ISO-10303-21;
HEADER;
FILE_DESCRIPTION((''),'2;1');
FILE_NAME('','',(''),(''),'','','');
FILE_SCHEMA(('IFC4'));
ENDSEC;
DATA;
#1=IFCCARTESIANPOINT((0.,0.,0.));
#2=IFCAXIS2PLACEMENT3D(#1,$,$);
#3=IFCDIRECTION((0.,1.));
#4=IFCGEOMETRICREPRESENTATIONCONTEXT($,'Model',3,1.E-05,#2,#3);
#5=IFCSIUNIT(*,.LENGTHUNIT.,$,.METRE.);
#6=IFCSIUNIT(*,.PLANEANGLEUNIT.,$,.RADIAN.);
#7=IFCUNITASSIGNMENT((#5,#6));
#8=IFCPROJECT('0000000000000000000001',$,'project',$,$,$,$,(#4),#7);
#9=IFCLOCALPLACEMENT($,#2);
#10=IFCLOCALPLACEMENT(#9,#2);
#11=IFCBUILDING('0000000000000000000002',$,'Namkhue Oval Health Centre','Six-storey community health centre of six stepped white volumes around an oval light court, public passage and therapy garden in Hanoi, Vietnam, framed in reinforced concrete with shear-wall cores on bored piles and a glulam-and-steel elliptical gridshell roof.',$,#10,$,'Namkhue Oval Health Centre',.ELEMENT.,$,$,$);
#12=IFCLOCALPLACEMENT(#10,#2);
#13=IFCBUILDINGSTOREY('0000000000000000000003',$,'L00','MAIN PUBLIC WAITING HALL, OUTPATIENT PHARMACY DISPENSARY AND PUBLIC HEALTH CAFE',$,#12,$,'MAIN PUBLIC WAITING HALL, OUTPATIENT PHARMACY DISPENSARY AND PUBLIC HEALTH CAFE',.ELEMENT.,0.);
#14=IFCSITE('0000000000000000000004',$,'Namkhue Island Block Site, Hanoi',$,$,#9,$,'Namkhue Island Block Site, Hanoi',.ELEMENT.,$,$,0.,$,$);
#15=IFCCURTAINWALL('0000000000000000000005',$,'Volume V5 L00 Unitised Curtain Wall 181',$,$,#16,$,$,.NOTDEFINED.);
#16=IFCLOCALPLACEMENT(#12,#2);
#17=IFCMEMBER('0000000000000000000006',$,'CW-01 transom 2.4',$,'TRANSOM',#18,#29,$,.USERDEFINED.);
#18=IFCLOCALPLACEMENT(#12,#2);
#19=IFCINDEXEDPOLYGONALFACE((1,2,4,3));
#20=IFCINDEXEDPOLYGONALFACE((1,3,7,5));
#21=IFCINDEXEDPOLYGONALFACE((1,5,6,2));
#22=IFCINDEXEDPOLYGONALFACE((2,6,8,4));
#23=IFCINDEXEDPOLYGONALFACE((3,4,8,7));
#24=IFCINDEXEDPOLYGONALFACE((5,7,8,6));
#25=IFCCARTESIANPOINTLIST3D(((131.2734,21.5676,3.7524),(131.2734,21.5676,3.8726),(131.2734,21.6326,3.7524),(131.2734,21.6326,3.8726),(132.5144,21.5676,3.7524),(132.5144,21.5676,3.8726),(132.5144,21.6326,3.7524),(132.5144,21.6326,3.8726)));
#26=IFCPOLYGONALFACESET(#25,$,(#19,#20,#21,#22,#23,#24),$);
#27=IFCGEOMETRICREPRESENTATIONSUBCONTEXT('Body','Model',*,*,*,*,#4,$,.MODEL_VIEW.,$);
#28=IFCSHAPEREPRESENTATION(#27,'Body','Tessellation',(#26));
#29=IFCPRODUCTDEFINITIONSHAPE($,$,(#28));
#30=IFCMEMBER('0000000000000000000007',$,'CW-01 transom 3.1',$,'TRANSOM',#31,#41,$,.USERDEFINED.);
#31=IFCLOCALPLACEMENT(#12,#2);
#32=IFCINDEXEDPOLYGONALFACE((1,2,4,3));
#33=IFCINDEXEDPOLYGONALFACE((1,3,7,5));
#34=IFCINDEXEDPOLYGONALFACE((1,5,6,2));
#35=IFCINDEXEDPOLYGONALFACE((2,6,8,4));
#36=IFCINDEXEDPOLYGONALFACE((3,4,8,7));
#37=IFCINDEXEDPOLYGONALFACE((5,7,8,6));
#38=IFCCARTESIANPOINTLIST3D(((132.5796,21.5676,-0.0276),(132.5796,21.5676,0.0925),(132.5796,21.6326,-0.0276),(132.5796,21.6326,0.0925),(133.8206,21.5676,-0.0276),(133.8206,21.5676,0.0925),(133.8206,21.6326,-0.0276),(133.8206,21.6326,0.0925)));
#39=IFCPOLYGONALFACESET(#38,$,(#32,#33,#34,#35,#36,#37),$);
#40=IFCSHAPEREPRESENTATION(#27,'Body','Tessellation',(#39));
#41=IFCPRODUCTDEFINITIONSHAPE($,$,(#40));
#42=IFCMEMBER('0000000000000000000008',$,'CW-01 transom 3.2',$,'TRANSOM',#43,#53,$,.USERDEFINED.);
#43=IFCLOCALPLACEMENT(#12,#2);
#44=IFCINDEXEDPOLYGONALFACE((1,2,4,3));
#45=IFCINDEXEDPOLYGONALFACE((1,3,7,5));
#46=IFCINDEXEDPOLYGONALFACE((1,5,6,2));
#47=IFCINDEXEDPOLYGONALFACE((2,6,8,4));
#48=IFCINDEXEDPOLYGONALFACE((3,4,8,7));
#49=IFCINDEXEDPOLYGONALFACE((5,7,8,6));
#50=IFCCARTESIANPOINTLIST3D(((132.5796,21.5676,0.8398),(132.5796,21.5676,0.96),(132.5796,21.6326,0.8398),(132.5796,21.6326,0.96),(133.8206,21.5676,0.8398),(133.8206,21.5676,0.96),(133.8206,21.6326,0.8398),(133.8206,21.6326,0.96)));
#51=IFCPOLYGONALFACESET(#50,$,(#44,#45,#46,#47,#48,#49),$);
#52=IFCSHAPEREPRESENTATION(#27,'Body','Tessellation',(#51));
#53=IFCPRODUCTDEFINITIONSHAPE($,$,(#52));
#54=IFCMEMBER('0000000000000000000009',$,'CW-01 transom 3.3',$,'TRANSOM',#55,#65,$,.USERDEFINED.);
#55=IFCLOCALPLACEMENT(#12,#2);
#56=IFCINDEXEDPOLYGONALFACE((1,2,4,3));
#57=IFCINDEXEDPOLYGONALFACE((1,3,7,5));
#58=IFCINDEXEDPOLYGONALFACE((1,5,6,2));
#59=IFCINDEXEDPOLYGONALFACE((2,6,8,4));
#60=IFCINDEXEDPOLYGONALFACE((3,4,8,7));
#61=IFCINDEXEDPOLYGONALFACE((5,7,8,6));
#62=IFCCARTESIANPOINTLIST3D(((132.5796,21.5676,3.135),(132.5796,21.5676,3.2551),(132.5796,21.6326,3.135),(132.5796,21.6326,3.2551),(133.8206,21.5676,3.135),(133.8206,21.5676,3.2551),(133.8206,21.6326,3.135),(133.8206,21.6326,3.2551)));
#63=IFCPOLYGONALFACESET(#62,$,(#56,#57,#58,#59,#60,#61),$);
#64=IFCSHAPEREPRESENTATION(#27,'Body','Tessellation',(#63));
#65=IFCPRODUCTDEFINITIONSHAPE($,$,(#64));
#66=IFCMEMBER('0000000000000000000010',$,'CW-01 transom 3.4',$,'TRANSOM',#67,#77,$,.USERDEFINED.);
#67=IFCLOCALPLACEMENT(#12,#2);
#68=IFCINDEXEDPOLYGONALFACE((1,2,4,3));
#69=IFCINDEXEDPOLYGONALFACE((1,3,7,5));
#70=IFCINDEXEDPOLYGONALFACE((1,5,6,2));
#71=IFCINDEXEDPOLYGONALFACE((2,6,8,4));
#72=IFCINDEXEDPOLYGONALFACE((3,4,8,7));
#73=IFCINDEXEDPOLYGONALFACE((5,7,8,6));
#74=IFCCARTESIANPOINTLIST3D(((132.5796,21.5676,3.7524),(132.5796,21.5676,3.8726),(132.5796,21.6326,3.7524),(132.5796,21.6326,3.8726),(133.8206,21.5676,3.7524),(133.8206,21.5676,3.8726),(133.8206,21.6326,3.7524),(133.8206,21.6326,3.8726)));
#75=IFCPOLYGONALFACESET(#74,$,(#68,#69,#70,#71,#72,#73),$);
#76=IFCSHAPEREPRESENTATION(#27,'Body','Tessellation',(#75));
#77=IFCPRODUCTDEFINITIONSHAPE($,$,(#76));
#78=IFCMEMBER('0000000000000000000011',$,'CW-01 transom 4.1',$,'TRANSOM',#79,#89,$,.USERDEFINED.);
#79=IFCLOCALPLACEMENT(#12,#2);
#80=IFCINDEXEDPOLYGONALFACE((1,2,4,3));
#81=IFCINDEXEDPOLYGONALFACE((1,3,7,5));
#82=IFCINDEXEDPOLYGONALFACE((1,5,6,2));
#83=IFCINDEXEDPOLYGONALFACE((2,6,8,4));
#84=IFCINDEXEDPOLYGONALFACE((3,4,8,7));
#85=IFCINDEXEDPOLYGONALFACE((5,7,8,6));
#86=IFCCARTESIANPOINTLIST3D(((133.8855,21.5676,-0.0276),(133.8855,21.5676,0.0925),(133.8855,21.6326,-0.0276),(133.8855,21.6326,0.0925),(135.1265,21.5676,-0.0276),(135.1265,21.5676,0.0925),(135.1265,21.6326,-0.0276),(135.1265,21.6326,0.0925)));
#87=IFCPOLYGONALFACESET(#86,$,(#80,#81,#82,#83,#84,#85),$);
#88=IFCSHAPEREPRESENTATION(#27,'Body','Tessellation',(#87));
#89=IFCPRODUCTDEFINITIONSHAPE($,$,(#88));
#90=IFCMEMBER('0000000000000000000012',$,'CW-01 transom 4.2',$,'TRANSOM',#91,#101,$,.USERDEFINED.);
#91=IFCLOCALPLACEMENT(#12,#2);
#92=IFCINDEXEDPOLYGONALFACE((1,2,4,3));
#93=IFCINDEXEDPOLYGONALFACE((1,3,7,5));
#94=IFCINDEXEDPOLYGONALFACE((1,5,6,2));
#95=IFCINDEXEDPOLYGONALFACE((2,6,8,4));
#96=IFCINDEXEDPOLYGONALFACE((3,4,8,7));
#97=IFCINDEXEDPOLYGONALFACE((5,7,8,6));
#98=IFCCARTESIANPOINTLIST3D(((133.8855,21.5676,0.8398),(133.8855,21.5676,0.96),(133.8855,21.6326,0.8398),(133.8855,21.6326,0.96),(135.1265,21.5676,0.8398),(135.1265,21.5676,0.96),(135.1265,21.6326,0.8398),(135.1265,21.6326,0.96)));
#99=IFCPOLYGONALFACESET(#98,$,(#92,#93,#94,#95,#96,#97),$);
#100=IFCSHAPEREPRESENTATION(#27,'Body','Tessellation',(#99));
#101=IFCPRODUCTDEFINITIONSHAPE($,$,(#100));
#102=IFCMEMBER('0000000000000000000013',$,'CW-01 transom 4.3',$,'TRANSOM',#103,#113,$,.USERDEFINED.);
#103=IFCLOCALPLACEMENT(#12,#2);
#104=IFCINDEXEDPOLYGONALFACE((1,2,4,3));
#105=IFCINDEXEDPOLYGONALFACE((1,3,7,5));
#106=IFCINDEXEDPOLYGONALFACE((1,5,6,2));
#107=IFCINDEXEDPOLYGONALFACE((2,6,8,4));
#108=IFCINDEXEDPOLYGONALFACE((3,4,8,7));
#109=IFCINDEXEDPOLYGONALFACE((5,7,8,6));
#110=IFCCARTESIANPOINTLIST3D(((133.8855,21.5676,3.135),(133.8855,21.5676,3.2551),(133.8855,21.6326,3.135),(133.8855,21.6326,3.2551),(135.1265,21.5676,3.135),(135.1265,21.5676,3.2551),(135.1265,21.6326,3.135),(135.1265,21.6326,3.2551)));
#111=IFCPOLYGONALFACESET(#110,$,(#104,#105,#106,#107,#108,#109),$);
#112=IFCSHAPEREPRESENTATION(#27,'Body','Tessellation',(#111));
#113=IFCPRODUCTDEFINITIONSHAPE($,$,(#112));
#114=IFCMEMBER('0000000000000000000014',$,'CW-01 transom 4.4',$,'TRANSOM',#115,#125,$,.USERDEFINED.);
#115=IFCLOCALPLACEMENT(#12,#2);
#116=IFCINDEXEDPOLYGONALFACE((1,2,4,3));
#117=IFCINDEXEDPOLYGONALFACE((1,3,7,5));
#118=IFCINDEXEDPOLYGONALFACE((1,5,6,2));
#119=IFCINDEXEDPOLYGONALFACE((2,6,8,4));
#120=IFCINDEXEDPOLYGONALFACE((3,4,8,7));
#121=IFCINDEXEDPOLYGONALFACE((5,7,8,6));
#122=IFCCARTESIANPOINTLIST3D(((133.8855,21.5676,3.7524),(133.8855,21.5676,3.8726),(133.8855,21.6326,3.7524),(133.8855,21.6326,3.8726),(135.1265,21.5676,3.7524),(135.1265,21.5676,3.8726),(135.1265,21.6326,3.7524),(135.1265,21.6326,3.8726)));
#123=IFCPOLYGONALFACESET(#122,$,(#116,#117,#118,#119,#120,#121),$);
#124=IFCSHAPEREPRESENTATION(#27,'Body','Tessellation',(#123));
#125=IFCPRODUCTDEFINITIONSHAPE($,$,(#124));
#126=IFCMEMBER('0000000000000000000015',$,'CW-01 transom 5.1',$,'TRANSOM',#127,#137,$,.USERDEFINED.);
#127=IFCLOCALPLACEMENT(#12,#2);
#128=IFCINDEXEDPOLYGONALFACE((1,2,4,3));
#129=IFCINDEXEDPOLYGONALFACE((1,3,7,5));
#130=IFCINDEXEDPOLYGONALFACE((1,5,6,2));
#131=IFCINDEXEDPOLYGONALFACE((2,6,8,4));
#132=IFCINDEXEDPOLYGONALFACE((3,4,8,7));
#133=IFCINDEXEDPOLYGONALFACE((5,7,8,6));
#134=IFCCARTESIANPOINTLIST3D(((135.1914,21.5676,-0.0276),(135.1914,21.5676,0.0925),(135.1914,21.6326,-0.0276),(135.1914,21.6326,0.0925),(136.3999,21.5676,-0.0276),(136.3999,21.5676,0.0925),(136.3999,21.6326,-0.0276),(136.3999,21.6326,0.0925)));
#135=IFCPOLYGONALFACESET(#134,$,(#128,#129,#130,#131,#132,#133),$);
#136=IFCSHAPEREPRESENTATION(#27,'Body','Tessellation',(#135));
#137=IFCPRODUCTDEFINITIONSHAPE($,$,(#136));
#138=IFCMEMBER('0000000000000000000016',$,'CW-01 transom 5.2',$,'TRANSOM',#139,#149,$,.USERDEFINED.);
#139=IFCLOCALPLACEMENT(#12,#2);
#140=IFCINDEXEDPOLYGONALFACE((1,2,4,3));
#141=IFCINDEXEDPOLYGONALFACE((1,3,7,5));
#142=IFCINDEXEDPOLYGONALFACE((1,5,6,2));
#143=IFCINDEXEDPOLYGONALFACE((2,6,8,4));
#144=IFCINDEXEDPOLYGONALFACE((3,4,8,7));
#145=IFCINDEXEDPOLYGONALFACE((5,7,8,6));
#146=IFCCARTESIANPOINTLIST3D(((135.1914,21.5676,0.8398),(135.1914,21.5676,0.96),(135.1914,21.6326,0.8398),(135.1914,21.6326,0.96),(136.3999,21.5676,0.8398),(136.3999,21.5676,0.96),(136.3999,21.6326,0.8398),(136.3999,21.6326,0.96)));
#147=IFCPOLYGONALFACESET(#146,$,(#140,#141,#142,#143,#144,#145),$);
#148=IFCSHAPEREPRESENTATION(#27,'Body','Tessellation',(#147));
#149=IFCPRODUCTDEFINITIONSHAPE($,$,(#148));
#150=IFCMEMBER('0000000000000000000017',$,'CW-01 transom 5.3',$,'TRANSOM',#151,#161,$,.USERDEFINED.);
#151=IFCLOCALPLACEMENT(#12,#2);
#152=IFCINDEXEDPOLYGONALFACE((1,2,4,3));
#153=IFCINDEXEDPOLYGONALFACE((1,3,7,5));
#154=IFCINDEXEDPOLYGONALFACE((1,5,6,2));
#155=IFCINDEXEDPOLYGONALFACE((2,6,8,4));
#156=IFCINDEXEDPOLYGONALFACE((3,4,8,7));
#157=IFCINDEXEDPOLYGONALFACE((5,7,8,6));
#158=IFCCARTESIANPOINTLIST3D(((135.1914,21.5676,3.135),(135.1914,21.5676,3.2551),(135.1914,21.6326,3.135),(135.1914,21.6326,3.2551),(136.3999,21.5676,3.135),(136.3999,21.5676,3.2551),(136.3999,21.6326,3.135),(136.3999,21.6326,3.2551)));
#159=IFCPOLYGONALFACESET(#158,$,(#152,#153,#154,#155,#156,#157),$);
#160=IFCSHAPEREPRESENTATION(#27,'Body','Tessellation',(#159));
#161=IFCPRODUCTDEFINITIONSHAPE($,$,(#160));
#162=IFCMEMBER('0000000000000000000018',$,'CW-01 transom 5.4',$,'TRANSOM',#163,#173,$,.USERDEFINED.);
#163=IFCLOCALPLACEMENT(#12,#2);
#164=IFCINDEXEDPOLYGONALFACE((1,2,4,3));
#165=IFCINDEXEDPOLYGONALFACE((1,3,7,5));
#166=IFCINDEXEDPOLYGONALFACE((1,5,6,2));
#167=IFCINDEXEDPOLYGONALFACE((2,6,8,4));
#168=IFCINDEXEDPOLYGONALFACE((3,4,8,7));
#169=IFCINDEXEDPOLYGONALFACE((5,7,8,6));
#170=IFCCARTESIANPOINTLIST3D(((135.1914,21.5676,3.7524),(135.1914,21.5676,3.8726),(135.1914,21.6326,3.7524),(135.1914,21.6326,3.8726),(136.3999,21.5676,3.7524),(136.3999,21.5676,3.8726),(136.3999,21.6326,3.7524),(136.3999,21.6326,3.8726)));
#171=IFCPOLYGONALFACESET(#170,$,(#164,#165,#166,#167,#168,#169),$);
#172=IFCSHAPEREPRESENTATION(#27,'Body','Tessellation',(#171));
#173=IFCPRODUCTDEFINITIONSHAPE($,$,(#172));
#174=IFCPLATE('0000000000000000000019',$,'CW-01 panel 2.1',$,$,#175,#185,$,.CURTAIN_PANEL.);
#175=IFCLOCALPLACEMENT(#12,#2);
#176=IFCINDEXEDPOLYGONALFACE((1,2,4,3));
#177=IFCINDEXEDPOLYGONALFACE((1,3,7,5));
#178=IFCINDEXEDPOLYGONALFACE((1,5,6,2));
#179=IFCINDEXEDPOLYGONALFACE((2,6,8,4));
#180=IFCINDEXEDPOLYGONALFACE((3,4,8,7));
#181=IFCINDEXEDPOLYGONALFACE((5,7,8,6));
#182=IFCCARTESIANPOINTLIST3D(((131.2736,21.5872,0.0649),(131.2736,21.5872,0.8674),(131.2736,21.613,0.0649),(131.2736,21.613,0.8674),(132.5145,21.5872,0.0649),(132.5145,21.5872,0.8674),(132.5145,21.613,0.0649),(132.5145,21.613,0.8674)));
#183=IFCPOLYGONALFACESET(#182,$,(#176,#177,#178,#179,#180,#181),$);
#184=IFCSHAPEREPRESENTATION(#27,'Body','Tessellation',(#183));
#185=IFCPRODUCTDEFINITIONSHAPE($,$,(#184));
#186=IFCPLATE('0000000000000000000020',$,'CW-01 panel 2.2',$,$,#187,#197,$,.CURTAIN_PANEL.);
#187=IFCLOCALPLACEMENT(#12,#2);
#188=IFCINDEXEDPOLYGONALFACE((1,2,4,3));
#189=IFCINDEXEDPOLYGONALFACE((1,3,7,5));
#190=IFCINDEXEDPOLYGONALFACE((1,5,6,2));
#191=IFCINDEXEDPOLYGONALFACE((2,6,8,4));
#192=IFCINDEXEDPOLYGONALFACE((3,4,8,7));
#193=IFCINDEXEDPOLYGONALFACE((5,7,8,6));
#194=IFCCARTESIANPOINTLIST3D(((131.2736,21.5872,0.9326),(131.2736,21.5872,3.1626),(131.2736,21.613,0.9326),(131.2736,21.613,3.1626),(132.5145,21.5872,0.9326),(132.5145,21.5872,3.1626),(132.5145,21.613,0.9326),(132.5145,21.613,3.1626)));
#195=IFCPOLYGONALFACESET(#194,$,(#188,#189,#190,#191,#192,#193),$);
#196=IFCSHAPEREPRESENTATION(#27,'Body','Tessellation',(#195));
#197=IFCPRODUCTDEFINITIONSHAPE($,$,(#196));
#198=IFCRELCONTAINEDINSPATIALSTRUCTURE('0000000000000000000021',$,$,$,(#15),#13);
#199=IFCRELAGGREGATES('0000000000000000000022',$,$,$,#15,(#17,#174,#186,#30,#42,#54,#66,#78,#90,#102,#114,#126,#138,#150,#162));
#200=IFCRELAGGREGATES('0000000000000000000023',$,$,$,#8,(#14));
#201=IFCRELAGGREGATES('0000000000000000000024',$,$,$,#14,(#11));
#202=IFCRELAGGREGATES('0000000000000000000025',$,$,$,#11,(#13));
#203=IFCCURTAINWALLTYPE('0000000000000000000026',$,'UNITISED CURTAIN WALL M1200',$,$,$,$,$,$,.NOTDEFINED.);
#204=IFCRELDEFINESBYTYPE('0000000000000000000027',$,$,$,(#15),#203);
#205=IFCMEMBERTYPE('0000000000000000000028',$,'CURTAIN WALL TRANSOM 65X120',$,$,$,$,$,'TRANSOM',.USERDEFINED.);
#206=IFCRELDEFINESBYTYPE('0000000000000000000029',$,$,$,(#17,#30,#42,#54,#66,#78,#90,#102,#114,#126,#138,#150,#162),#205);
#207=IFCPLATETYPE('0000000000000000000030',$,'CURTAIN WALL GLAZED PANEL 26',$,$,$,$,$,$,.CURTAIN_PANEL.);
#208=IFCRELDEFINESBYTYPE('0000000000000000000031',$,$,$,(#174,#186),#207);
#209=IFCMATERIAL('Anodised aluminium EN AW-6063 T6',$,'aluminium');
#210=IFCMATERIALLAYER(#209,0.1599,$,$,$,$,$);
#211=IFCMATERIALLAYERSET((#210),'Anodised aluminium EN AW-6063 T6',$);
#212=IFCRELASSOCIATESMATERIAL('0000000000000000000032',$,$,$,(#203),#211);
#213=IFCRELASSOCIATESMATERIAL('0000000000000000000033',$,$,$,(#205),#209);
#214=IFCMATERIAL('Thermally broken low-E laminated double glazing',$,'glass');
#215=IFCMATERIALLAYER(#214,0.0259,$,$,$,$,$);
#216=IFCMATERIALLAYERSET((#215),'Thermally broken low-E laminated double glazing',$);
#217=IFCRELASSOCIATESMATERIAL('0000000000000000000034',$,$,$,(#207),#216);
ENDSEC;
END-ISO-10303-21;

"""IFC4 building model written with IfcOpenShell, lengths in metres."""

from ifc_helpers import new_model, si_unit, direction, frame, origin, origin_2d, place, context, subcontext, project, spatial, rectangle, extrude, material, layer, layer_set, material_profile, profile_set, type_object, element, aggregate, save


model = new_model("IFC4")

# Units and contexts
model_context = context("Model", 3, precision=1e-05, world=origin(), true_north=direction((0.0, 1.0)))
body_context = subcontext(model_context, "Body", "Model", "MODEL_VIEW")
ifc_project = project(units=[si_unit("LENGTHUNIT", "METRE"), si_unit("PLANEANGLEUNIT", "RADIAN")], contexts=[model_context])

# Site, building, storey
site_placement = place(None, origin())
site = spatial("IfcSite", under=ifc_project, at=site_placement, Name="Namkhue Island Block Site, Hanoi", LongName="Namkhue Island Block Site, Hanoi", CompositionType="ELEMENT", RefElevation=0.0)
building_placement = place(site_placement, origin())
building = spatial("IfcBuilding", under=site, at=building_placement, Name="Namkhue Oval Health Centre", Description="Six-storey community health centre of six stepped white volumes around an oval light court, public passage and therapy garden in Hanoi, Vietnam, framed in reinforced concrete with shear-wall cores on bored piles and a glulam-and-steel elliptical gridshell roof.", LongName="Namkhue Oval Health Centre", CompositionType="ELEMENT")
storey_placement = place(building_placement, origin())
storey = spatial("IfcBuildingStorey", under=building, at=storey_placement, Name="L00", Description="MAIN PUBLIC WAITING HALL, OUTPATIENT PHARMACY DISPENSARY AND PUBLIC HEALTH CAFE", LongName="MAIN PUBLIC WAITING HALL, OUTPATIENT PHARMACY DISPENSARY AND PUBLIC HEALTH CAFE", CompositionType="ELEMENT", Elevation=0.0)

# Curtain wall, members, plates
ifc_material_1 = material(Name="Anodised aluminium EN AW-6063 T6", Category="aluminium")
ifc_layer_1 = layer(ifc_material_1, 0.1599)
ifc_layer_set_1 = layer_set([ifc_layer_1], Name="Anodised aluminium EN AW-6063 T6")
curtain_wall_type = type_object("IfcCurtainWallType", Name="UNITISED CURTAIN WALL M1200", PredefinedType="NOTDEFINED", material=ifc_layer_set_1)
curtain_wall_placement = place(storey_placement, origin())
curtain_wall = element("IfcCurtainWall", 1, at=curtain_wall_placement, inside=storey, type_object=curtain_wall_type, Name="Volume V5 L00 Unitised Curtain Wall 181", PredefinedType="NOTDEFINED")
ifc_material_profile_1 = material_profile(ifc_material_1, rectangle(XDim=0.0649, YDim=0.1201, at=origin_2d()), Name="ALU 65x120")
ifc_profile_set_1 = profile_set([ifc_material_profile_1], Name="Anodised aluminium EN AW-6063 T6")
member_type_1 = type_object("IfcMemberType", Name="CURTAIN WALL TRANSOM 65X120", ElementType="TRANSOM", PredefinedType="USERDEFINED", material=ifc_profile_set_1)
member_1_placement = place(storey_placement, frame((131.2734, 21.6001, 3.8125), z_axis=(1.0, 0.0, 0.0), x_axis=(0.0, 1.0, 0.0)))
member_1 = element("IfcMember", 2, at=member_1_placement, type_object=member_type_1, Name="CW-01 transom 2.4", ObjectType="TRANSOM", PredefinedType="USERDEFINED", context=body_context, shape_type="SweptSolid", body=[
    extrude(rectangle(XDim=0.0649, YDim=0.1201, at=origin_2d()), origin(), (0.0, 0.0, 1.0), 1.241),
])
member_2_placement = place(storey_placement, frame((132.5796, 21.6001, 0.0325), z_axis=(1.0, 0.0, 0.0), x_axis=(0.0, 1.0, 0.0)))
member_2 = element("IfcMember", 3, at=member_2_placement, type_object=member_type_1, Name="CW-01 transom 3.1", ObjectType="TRANSOM", PredefinedType="USERDEFINED", context=body_context, shape_type="SweptSolid", body=[
    extrude(rectangle(XDim=0.0649, YDim=0.1201, at=origin_2d()), origin(), (0.0, 0.0, 1.0), 1.241),
])
member_3_placement = place(storey_placement, frame((132.5796, 21.6001, 0.8999), z_axis=(1.0, 0.0, 0.0), x_axis=(0.0, 1.0, 0.0)))
member_3 = element("IfcMember", 4, at=member_3_placement, type_object=member_type_1, Name="CW-01 transom 3.2", ObjectType="TRANSOM", PredefinedType="USERDEFINED", context=body_context, shape_type="SweptSolid", body=[
    extrude(rectangle(XDim=0.0649, YDim=0.1201, at=origin_2d()), origin(), (0.0, 0.0, 1.0), 1.241),
])
member_4_placement = place(storey_placement, frame((132.5796, 21.6001, 3.1951), z_axis=(1.0, 0.0, 0.0), x_axis=(0.0, 1.0, 0.0)))
member_4 = element("IfcMember", 5, at=member_4_placement, type_object=member_type_1, Name="CW-01 transom 3.3", ObjectType="TRANSOM", PredefinedType="USERDEFINED", context=body_context, shape_type="SweptSolid", body=[
    extrude(rectangle(XDim=0.0649, YDim=0.1201, at=origin_2d()), origin(), (0.0, 0.0, 1.0), 1.241),
])
member_5_placement = place(storey_placement, frame((132.5796, 21.6001, 3.8125), z_axis=(1.0, 0.0, 0.0), x_axis=(0.0, 1.0, 0.0)))
member_5 = element("IfcMember", 6, at=member_5_placement, type_object=member_type_1, Name="CW-01 transom 3.4", ObjectType="TRANSOM", PredefinedType="USERDEFINED", context=body_context, shape_type="SweptSolid", body=[
    extrude(rectangle(XDim=0.0649, YDim=0.1201, at=origin_2d()), origin(), (0.0, 0.0, 1.0), 1.241),
])
member_6_placement = place(storey_placement, frame((133.8855, 21.6001, 0.0325), z_axis=(1.0, 0.0, 0.0), x_axis=(0.0, 1.0, 0.0)))
member_6 = element("IfcMember", 7, at=member_6_placement, type_object=member_type_1, Name="CW-01 transom 4.1", ObjectType="TRANSOM", PredefinedType="USERDEFINED", context=body_context, shape_type="SweptSolid", body=[
    extrude(rectangle(XDim=0.0649, YDim=0.1201, at=origin_2d()), origin(), (0.0, 0.0, 1.0), 1.241),
])
member_7_placement = place(storey_placement, frame((133.8855, 21.6001, 0.8999), z_axis=(1.0, 0.0, 0.0), x_axis=(0.0, 1.0, 0.0)))
member_7 = element("IfcMember", 8, at=member_7_placement, type_object=member_type_1, Name="CW-01 transom 4.2", ObjectType="TRANSOM", PredefinedType="USERDEFINED", context=body_context, shape_type="SweptSolid", body=[
    extrude(rectangle(XDim=0.0649, YDim=0.1201, at=origin_2d()), origin(), (0.0, 0.0, 1.0), 1.241),
])
member_8_placement = place(storey_placement, frame((133.8855, 21.6001, 3.1951), z_axis=(1.0, 0.0, 0.0), x_axis=(0.0, 1.0, 0.0)))
member_8 = element("IfcMember", 9, at=member_8_placement, type_object=member_type_1, Name="CW-01 transom 4.3", ObjectType="TRANSOM", PredefinedType="USERDEFINED", context=body_context, shape_type="SweptSolid", body=[
    extrude(rectangle(XDim=0.0649, YDim=0.1201, at=origin_2d()), origin(), (0.0, 0.0, 1.0), 1.241),
])
member_9_placement = place(storey_placement, frame((133.8855, 21.6001, 3.8125), z_axis=(1.0, 0.0, 0.0), x_axis=(0.0, 1.0, 0.0)))
member_9 = element("IfcMember", 10, at=member_9_placement, type_object=member_type_1, Name="CW-01 transom 4.4", ObjectType="TRANSOM", PredefinedType="USERDEFINED", context=body_context, shape_type="SweptSolid", body=[
    extrude(rectangle(XDim=0.0649, YDim=0.1201, at=origin_2d()), origin(), (0.0, 0.0, 1.0), 1.241),
])
member_10_placement = place(storey_placement, frame((135.1914, 21.6001, 0.0325), z_axis=(1.0, 0.0, 0.0), x_axis=(0.0, 1.0, 0.0)))
member_10 = element("IfcMember", 11, at=member_10_placement, type_object=member_type_1, Name="CW-01 transom 5.1", ObjectType="TRANSOM", PredefinedType="USERDEFINED", context=body_context, shape_type="SweptSolid", body=[
    extrude(rectangle(XDim=0.0649, YDim=0.1201, at=origin_2d()), origin(), (0.0, 0.0, 1.0), 1.2085),
])
member_11_placement = place(storey_placement, frame((135.1914, 21.6001, 0.8999), z_axis=(1.0, 0.0, 0.0), x_axis=(0.0, 1.0, 0.0)))
member_11 = element("IfcMember", 12, at=member_11_placement, type_object=member_type_1, Name="CW-01 transom 5.2", ObjectType="TRANSOM", PredefinedType="USERDEFINED", context=body_context, shape_type="SweptSolid", body=[
    extrude(rectangle(XDim=0.0649, YDim=0.1201, at=origin_2d()), origin(), (0.0, 0.0, 1.0), 1.2085),
])
member_12_placement = place(storey_placement, frame((135.1914, 21.6001, 3.1951), z_axis=(1.0, 0.0, 0.0), x_axis=(0.0, 1.0, 0.0)))
member_12 = element("IfcMember", 13, at=member_12_placement, type_object=member_type_1, Name="CW-01 transom 5.3", ObjectType="TRANSOM", PredefinedType="USERDEFINED", context=body_context, shape_type="SweptSolid", body=[
    extrude(rectangle(XDim=0.0649, YDim=0.1201, at=origin_2d()), origin(), (0.0, 0.0, 1.0), 1.2085),
])
member_13_placement = place(storey_placement, frame((135.1914, 21.6001, 3.8125), z_axis=(1.0, 0.0, 0.0), x_axis=(0.0, 1.0, 0.0)))
member_13 = element("IfcMember", 14, at=member_13_placement, type_object=member_type_1, Name="CW-01 transom 5.4", ObjectType="TRANSOM", PredefinedType="USERDEFINED", context=body_context, shape_type="SweptSolid", body=[
    extrude(rectangle(XDim=0.0649, YDim=0.1201, at=origin_2d()), origin(), (0.0, 0.0, 1.0), 1.2085),
])
ifc_material_2 = material(Name="Thermally broken low-E laminated double glazing", Category="glass")
ifc_layer_2 = layer(ifc_material_2, 0.0259)
ifc_layer_set_2 = layer_set([ifc_layer_2], Name="Thermally broken low-E laminated double glazing")
plate_type = type_object("IfcPlateType", Name="CURTAIN WALL GLAZED PANEL 26", PredefinedType="CURTAIN_PANEL", material=ifc_layer_set_2)
plate_1_placement = place(storey_placement, frame((131.894, 21.6001, 0.0649), z_axis=(0.0, 0.0, 1.0), x_axis=(1.0, 0.0, 0.0)))
plate_1 = element("IfcPlate", 15, at=plate_1_placement, type_object=plate_type, Name="CW-01 panel 2.1", PredefinedType="CURTAIN_PANEL", context=body_context, shape_type="SweptSolid", body=[
    extrude(rectangle(XDim=1.241, YDim=0.0259, at=origin_2d()), origin(), (0.0, 0.0, 1.0), 0.8025),
])
plate_2_placement = place(storey_placement, frame((131.894, 21.6001, 0.9326), z_axis=(0.0, 0.0, 1.0), x_axis=(1.0, 0.0, 0.0)))
plate_2 = element("IfcPlate", 16, at=plate_2_placement, type_object=plate_type, Name="CW-01 panel 2.2", PredefinedType="CURTAIN_PANEL", context=body_context, shape_type="SweptSolid", body=[
    extrude(rectangle(XDim=1.241, YDim=0.0259, at=origin_2d()), origin(), (0.0, 0.0, 1.0), 2.23),
])
aggregate(curtain_wall, [member_1, plate_1, plate_2, member_2, member_3, member_4, member_5, member_6, member_7, member_8, member_9, member_10, member_11, member_12, member_13])

save(model, "model.ifc")
